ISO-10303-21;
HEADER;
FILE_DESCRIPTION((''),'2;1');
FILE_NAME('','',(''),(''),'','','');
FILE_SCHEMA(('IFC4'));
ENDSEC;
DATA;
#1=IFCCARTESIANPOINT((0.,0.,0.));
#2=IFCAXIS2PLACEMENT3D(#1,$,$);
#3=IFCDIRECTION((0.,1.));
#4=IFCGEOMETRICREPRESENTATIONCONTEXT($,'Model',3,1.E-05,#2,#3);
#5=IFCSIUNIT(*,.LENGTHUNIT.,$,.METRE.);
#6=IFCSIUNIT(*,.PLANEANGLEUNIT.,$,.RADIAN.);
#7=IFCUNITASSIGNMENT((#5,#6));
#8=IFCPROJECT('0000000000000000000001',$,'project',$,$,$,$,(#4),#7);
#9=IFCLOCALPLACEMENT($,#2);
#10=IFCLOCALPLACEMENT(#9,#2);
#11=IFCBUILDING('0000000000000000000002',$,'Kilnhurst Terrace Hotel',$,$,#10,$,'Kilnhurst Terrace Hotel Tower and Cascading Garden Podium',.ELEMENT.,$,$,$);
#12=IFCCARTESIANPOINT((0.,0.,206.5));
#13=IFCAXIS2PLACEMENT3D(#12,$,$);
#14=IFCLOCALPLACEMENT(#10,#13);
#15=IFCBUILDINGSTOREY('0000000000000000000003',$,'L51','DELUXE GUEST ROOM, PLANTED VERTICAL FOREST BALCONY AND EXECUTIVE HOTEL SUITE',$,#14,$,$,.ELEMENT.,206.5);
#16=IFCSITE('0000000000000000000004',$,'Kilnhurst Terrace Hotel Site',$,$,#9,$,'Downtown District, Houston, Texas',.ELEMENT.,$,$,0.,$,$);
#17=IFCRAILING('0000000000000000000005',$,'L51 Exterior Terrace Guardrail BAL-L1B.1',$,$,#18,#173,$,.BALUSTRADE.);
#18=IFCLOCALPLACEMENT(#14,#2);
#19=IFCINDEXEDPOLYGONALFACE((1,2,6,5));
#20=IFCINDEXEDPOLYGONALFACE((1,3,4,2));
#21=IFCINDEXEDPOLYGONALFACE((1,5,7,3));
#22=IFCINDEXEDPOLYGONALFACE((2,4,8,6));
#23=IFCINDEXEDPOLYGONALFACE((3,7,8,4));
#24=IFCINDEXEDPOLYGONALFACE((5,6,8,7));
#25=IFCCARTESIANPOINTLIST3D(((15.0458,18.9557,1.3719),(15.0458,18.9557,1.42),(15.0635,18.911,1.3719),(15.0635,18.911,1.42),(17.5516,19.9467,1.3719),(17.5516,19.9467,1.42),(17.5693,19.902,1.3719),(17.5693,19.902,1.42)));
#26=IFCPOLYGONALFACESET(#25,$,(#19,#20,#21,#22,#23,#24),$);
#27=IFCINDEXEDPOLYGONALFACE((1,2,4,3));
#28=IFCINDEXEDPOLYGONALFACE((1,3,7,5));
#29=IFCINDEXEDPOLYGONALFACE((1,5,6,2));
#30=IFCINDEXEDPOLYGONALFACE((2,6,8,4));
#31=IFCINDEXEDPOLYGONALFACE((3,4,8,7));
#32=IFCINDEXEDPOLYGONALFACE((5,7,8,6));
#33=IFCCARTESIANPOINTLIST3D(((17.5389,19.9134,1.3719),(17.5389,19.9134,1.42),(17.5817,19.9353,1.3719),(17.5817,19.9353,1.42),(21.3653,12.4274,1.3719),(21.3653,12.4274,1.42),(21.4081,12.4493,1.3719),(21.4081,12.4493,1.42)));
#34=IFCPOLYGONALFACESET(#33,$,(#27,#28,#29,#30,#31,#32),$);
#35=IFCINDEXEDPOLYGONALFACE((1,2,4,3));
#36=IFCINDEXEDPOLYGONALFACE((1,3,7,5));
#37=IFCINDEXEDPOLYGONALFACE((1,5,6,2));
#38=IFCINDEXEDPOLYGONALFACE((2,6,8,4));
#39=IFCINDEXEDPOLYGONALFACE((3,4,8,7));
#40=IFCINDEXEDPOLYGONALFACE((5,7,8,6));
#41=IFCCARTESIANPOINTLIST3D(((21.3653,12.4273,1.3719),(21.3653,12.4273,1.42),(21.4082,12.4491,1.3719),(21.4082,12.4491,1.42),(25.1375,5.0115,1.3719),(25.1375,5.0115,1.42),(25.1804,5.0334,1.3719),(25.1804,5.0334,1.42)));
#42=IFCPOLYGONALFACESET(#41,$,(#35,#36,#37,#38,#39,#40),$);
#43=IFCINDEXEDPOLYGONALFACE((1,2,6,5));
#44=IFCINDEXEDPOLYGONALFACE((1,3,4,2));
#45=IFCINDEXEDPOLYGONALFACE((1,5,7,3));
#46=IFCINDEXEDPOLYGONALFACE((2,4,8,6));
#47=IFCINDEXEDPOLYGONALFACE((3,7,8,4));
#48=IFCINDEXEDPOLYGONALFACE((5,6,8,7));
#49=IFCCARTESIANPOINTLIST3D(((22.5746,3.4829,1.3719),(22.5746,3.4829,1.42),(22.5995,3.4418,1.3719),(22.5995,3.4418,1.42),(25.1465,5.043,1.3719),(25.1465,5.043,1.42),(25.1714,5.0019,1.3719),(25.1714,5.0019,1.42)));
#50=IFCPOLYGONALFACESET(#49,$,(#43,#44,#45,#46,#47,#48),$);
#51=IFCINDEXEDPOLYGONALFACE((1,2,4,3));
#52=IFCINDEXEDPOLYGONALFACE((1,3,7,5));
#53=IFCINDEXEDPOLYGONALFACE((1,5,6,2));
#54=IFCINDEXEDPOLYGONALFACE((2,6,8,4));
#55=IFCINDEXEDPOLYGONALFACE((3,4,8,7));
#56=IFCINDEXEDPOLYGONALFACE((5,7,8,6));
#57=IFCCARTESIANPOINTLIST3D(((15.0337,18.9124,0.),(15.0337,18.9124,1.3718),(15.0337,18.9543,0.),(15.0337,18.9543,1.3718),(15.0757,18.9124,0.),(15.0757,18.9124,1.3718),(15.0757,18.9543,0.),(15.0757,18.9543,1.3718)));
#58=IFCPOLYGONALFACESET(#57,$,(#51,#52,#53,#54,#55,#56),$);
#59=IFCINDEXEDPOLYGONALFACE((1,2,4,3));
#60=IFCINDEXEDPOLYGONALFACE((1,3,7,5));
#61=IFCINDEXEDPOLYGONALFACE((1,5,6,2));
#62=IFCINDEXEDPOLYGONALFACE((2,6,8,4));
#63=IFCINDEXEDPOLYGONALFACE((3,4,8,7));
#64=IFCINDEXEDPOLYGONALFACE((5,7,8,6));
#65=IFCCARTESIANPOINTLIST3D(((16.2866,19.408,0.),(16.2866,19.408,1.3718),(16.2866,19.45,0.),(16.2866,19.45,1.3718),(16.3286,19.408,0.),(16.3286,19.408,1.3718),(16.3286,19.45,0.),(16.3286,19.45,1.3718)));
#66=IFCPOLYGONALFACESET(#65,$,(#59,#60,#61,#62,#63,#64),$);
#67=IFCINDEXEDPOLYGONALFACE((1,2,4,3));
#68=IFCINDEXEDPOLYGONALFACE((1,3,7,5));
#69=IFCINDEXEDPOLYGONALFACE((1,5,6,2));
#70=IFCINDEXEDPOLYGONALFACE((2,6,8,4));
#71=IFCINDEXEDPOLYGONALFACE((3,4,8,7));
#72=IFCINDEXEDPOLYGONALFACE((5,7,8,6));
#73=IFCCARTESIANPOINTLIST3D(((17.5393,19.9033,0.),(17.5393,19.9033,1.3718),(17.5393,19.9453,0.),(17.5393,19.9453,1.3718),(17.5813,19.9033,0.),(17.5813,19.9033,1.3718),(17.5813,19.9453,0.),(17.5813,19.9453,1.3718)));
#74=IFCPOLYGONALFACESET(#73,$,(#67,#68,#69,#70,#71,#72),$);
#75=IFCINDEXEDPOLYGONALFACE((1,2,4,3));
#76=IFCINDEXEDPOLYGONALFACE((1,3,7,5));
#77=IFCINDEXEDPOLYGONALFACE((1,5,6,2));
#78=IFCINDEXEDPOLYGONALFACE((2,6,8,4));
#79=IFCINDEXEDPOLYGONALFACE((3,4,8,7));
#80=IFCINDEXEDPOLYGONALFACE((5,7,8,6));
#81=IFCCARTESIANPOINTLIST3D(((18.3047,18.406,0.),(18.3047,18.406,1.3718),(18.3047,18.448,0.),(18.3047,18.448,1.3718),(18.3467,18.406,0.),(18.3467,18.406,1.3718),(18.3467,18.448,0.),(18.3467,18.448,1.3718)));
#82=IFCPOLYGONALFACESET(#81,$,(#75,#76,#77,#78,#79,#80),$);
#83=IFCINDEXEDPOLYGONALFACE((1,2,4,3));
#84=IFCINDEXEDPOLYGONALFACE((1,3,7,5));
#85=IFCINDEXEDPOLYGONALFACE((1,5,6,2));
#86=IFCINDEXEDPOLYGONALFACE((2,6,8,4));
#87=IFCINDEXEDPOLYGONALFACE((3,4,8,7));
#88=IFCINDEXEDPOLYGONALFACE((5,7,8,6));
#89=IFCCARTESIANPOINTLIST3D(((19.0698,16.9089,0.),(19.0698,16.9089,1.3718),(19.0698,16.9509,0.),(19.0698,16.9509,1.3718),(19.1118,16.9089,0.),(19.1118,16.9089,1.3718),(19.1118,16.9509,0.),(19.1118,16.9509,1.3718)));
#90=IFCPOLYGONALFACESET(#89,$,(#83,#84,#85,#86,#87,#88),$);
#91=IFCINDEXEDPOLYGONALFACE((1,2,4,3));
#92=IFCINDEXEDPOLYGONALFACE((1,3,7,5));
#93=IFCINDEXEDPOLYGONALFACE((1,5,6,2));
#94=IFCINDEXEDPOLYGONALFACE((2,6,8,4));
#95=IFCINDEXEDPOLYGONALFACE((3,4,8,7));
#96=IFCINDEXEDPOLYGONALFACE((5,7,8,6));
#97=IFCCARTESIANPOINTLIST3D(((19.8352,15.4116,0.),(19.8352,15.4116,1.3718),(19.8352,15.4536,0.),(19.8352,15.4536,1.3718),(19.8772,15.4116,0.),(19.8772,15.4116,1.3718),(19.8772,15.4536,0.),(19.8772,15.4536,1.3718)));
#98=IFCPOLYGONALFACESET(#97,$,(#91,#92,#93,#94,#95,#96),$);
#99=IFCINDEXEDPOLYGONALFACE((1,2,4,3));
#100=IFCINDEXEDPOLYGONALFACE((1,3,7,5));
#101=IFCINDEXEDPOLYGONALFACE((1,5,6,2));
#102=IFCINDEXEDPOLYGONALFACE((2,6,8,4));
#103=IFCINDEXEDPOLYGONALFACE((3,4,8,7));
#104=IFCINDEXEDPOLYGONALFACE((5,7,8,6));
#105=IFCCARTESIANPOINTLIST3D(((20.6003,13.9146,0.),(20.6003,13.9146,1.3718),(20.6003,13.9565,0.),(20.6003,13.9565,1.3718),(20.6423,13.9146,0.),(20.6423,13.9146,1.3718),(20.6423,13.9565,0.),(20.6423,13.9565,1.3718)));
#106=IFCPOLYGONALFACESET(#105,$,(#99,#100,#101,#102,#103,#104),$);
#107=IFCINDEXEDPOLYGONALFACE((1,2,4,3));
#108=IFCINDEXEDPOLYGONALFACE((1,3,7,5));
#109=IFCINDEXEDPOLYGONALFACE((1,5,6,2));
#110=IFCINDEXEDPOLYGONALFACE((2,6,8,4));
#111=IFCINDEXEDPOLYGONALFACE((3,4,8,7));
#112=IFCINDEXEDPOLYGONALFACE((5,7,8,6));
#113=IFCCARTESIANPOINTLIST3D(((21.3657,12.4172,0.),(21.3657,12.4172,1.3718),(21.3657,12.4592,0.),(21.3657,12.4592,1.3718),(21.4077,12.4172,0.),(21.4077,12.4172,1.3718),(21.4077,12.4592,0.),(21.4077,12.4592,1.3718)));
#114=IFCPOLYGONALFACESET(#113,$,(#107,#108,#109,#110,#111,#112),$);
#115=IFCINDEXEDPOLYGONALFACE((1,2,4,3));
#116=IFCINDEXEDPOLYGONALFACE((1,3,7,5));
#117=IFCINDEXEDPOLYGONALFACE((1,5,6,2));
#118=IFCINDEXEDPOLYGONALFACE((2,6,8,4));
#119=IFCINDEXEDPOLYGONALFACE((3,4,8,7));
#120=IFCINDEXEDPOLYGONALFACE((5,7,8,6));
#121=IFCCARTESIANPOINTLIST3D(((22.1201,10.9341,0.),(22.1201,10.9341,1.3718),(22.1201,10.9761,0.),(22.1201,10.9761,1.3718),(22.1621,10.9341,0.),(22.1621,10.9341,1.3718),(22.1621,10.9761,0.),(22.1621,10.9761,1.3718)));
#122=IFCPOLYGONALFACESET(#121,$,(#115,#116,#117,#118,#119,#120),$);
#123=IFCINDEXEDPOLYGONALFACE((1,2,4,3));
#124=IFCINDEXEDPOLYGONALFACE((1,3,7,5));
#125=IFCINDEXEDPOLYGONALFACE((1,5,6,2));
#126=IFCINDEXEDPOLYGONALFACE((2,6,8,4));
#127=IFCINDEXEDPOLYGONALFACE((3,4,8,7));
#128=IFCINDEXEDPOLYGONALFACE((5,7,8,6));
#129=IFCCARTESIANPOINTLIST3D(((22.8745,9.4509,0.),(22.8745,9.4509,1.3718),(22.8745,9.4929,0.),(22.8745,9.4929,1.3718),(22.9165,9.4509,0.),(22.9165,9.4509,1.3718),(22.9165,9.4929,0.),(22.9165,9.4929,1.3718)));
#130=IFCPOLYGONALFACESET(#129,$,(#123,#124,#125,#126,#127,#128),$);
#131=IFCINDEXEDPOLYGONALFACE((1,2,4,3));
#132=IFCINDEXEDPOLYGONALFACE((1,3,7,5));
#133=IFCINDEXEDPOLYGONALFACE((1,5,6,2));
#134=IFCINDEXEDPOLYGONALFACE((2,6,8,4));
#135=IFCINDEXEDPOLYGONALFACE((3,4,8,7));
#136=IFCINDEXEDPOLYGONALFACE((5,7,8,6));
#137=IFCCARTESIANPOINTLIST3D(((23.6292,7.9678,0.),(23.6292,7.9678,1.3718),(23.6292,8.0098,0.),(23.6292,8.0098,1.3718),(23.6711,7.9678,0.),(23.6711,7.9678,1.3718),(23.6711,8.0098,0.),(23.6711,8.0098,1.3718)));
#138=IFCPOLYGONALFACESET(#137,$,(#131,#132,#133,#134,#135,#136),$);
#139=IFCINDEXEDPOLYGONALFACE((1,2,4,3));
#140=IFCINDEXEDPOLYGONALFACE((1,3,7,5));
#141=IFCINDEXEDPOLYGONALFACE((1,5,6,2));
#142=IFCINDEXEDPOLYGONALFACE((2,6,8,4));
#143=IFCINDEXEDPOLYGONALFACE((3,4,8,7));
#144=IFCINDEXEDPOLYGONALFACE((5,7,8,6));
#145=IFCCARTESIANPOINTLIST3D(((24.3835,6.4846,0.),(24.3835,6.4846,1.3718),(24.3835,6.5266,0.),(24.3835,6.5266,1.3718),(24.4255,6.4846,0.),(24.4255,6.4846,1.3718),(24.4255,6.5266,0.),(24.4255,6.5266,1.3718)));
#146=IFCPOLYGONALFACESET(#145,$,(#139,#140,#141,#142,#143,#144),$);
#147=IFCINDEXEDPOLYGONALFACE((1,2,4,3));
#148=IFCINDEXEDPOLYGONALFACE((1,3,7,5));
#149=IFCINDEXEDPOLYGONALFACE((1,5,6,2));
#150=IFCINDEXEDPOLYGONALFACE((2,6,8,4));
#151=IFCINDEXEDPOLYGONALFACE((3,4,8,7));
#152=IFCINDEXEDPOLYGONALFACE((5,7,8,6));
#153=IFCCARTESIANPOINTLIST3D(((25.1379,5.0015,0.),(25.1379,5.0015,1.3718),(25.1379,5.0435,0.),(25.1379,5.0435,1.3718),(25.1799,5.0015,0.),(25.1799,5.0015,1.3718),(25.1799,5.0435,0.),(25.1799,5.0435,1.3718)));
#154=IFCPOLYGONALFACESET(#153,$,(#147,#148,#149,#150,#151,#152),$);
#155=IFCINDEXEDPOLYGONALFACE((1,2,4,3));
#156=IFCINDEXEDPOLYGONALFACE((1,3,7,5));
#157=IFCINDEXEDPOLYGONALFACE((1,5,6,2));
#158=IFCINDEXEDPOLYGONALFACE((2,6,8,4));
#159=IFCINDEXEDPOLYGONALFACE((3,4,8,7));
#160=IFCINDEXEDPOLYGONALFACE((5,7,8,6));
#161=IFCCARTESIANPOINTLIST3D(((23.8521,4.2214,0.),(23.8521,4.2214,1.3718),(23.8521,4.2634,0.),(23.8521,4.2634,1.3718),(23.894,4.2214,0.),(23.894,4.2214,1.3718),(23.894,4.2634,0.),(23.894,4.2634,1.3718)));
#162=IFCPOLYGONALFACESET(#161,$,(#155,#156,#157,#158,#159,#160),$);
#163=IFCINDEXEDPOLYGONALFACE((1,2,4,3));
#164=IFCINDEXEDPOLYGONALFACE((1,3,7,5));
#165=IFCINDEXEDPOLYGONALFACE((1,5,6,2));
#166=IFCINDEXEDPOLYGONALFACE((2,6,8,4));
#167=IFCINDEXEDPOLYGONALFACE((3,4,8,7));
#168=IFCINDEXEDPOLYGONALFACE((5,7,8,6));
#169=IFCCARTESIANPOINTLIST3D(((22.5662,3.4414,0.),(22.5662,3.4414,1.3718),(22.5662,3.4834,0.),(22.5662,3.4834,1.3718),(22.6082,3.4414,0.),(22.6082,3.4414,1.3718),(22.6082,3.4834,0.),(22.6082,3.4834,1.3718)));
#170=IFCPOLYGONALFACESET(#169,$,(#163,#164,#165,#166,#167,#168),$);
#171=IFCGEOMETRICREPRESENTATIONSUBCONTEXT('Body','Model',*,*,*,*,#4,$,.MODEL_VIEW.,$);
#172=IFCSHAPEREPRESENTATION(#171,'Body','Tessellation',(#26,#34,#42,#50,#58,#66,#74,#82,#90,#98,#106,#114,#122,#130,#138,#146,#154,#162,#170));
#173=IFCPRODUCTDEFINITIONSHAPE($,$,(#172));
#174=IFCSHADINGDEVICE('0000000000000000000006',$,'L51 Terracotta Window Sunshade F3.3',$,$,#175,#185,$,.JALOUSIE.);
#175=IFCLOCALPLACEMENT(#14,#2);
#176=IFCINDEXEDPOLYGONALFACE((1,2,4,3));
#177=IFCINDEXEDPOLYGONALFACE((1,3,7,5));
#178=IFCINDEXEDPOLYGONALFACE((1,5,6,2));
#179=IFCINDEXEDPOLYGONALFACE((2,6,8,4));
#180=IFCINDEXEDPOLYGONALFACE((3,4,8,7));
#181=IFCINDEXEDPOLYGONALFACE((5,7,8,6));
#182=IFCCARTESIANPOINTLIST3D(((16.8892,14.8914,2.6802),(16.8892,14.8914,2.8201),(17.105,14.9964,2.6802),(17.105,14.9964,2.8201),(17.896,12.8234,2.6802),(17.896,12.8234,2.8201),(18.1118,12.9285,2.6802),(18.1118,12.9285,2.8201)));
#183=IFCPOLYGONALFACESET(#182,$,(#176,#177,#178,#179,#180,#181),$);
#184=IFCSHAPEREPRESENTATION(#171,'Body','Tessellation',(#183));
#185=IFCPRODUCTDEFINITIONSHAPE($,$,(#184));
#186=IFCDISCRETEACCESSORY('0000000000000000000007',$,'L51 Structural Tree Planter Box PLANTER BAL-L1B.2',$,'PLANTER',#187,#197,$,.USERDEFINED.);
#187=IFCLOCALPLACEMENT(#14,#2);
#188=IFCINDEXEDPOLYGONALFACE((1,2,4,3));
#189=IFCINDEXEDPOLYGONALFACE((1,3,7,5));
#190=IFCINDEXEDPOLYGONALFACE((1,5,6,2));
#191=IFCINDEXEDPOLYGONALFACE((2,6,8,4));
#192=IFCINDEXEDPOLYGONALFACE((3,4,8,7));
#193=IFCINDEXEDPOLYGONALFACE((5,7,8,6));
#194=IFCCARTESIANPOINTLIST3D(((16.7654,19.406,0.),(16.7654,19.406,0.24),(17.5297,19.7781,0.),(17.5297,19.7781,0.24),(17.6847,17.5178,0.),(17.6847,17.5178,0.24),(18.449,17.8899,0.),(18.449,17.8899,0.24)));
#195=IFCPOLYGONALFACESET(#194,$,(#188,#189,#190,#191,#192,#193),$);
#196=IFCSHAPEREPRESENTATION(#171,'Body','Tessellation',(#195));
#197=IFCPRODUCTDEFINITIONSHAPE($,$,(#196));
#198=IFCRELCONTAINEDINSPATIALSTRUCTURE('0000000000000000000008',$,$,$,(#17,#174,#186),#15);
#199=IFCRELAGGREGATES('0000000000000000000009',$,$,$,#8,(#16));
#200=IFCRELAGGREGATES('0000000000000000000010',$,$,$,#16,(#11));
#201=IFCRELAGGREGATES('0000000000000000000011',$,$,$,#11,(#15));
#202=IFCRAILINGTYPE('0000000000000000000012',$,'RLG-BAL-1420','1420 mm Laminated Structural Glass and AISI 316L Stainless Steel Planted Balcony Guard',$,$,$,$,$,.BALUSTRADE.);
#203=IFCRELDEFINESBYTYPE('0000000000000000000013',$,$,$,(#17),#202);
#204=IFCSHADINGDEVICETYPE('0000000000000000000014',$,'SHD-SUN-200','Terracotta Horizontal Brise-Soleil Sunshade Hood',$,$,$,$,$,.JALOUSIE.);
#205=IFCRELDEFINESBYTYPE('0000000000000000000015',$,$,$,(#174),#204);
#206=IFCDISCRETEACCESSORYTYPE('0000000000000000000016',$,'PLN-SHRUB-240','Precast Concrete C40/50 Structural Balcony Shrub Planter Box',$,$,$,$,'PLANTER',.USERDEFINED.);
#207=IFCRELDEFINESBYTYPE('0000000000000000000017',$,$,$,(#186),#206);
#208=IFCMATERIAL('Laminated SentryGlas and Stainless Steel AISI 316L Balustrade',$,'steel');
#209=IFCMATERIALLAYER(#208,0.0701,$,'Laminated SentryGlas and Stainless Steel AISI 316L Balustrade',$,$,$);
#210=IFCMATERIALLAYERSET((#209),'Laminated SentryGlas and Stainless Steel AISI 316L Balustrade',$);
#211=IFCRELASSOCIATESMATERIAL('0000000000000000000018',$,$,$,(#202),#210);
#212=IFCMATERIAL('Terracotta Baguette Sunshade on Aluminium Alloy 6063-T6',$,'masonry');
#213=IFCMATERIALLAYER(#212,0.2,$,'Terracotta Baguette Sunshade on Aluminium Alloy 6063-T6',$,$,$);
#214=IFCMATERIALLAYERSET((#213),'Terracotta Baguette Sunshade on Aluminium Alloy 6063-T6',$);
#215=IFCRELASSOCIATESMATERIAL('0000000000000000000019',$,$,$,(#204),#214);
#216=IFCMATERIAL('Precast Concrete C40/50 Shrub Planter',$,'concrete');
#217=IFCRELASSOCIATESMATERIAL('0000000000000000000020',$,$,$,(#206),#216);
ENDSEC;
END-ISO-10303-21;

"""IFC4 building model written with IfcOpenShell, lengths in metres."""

from ifc_helpers import new_model, si_unit, direction, frame, origin, origin_2d, place, context, subcontext, project, spatial, rectangle, extrude, material, layer, layer_set, type_object, element, save


model = new_model("IFC4")

# Units and contexts
model_context = context("Model", 3, precision=1e-05, world=origin(), true_north=direction((0.0, 1.0)))
body_context = subcontext(model_context, "Body", "Model", "MODEL_VIEW")
ifc_project = project(units=[si_unit("LENGTHUNIT", "METRE"), si_unit("PLANEANGLEUNIT", "RADIAN")], contexts=[model_context])

# Site, building, storey
site_placement = place(None, origin())
site = spatial("IfcSite", under=ifc_project, at=site_placement, Name="Kilnhurst Terrace Hotel Site", LongName="Downtown District, Houston, Texas", CompositionType="ELEMENT", RefElevation=0.0)
building_placement = place(site_placement, origin())
building = spatial("IfcBuilding", under=site, at=building_placement, Name="Kilnhurst Terrace Hotel", LongName="Kilnhurst Terrace Hotel Tower and Cascading Garden Podium", CompositionType="ELEMENT")
storey_placement = place(building_placement, frame((0.0, 0.0, 206.5)))
storey = spatial("IfcBuildingStorey", under=building, at=storey_placement, Name="L51", Description="DELUXE GUEST ROOM, PLANTED VERTICAL FOREST BALCONY AND EXECUTIVE HOTEL SUITE", CompositionType="ELEMENT", Elevation=206.5)

# Railing
ifc_material_1 = material(Name="Laminated SentryGlas and Stainless Steel AISI 316L Balustrade", Category="steel")
ifc_layer_1 = layer(ifc_material_1, 0.0701, Name="Laminated SentryGlas and Stainless Steel AISI 316L Balustrade")
ifc_layer_set_1 = layer_set([ifc_layer_1], Name="Laminated SentryGlas and Stainless Steel AISI 316L Balustrade")
railing_type = type_object("IfcRailingType", Name="RLG-BAL-1420", Description="1420 mm Laminated Structural Glass and AISI 316L Stainless Steel Planted Balcony Guard", PredefinedType="BALUSTRADE", material=ifc_layer_set_1)
railing_placement = place(storey_placement, frame((15.0547, 18.9333, 0.0)))
element("IfcRailing", 1, at=railing_placement, inside=storey, type_object=railing_type, Name="L51 Exterior Terrace Guardrail BAL-L1B.1", PredefinedType="BALUSTRADE", context=body_context, shape_type="SweptSolid", body=[
    extrude(rectangle(XDim=0.0481, YDim=0.0481, at=origin_2d()), frame((0.0, 0.0, 1.396), z_axis=(0.929913, 0.367779, 0.0), x_axis=(-0.367779, 0.929913, 0.0)), (0.0, 0.0, 1.0), 2.6946),
    extrude(rectangle(XDim=0.0481, YDim=0.0481, at=origin_2d()), frame((2.5056, 0.991, 1.396), z_axis=(0.455129, -0.890425, 0.0), x_axis=(0.890425, 0.455129, 0.0)), (0.0, 0.0, 1.0), 8.4072),
    extrude(rectangle(XDim=0.0481, YDim=0.0481, at=origin_2d()), frame((6.332, -6.4951, 1.396), z_axis=(0.453389, -0.891313, 0.0), x_axis=(0.891313, 0.453389, 0.0)), (0.0, 0.0, 1.0), 8.3201),
    extrude(rectangle(XDim=0.0481, YDim=0.0481, at=origin_2d()), frame((10.1042, -13.9109, 1.396), z_axis=(-0.854991, -0.518643, 0.0), x_axis=(0.518643, -0.854991, 0.0)), (0.0, 0.0, 1.0), 3.0081),
    extrude(rectangle(XDim=0.042, YDim=0.042, at=origin_2d()), origin(), (0.0, 0.0, 1.0), 1.3718),
    extrude(rectangle(XDim=0.042, YDim=0.042, at=origin_2d()), frame((1.2529, 0.4956, 0.0)), (0.0, 0.0, 1.0), 1.3718),
    extrude(rectangle(XDim=0.042, YDim=0.042, at=origin_2d()), frame((2.5056, 0.991, 0.0)), (0.0, 0.0, 1.0), 1.3718),
    extrude(rectangle(XDim=0.042, YDim=0.042, at=origin_2d()), frame((3.271, -0.5063, 0.0)), (0.0, 0.0, 1.0), 1.3718),
    extrude(rectangle(XDim=0.042, YDim=0.042, at=origin_2d()), frame((4.0361, -2.0034, 0.0)), (0.0, 0.0, 1.0), 1.3718),
    extrude(rectangle(XDim=0.042, YDim=0.042, at=origin_2d()), frame((4.8015, -3.5007, 0.0)), (0.0, 0.0, 1.0), 1.3718),
    extrude(rectangle(XDim=0.042, YDim=0.042, at=origin_2d()), frame((5.5667, -4.9978, 0.0)), (0.0, 0.0, 1.0), 1.3718),
    extrude(rectangle(XDim=0.042, YDim=0.042, at=origin_2d()), frame((6.332, -6.4951, 0.0)), (0.0, 0.0, 1.0), 1.3718),
    extrude(rectangle(XDim=0.042, YDim=0.042, at=origin_2d()), frame((7.0864, -7.9783, 0.0)), (0.0, 0.0, 1.0), 1.3718),
    extrude(rectangle(XDim=0.042, YDim=0.042, at=origin_2d()), frame((7.8408, -9.4614, 0.0)), (0.0, 0.0, 1.0), 1.3718),
    extrude(rectangle(XDim=0.042, YDim=0.042, at=origin_2d()), frame((8.5955, -10.9446, 0.0)), (0.0, 0.0, 1.0), 1.3718),
    extrude(rectangle(XDim=0.042, YDim=0.042, at=origin_2d()), frame((9.3499, -12.4277, 0.0)), (0.0, 0.0, 1.0), 1.3718),
    extrude(rectangle(XDim=0.042, YDim=0.042, at=origin_2d()), frame((10.1042, -13.9109, 0.0)), (0.0, 0.0, 1.0), 1.3718),
    extrude(rectangle(XDim=0.042, YDim=0.042, at=origin_2d()), frame((8.8184, -14.6909, 0.0)), (0.0, 0.0, 1.0), 1.3718),
    extrude(rectangle(XDim=0.042, YDim=0.042, at=origin_2d()), frame((7.5325, -15.4709, 0.0)), (0.0, 0.0, 1.0), 1.3718),
])

# Shading device
ifc_material_2 = material(Name="Terracotta Baguette Sunshade on Aluminium Alloy 6063-T6", Category="masonry")
ifc_layer_2 = layer(ifc_material_2, 0.2, Name="Terracotta Baguette Sunshade on Aluminium Alloy 6063-T6")
ifc_layer_set_2 = layer_set([ifc_layer_2], Name="Terracotta Baguette Sunshade on Aluminium Alloy 6063-T6")
shading_device_type = type_object("IfcShadingDeviceType", Name="SHD-SUN-200", Description="Terracotta Horizontal Brise-Soleil Sunshade Hood", PredefinedType="JALOUSIE", material=ifc_layer_set_2)
shading_device_placement = place(storey_placement, frame((17.5005, 13.9099, 2.6802), z_axis=(0.0, 0.0, 1.0), x_axis=(-0.437744, 0.8991, 0.0)))
element("IfcShadingDevice", 2, at=shading_device_placement, inside=storey, type_object=shading_device_type, Name="L51 Terracotta Window Sunshade F3.3", PredefinedType="JALOUSIE", context=body_context, shape_type="SweptSolid", body=[
    extrude(rectangle(XDim=2.3, YDim=0.24, at=origin_2d()), origin(), (0.0, 0.0, 1.0), 0.1399),
])

# Discrete accessory
ifc_material_3 = material(Name="Precast Concrete C40/50 Shrub Planter", Category="concrete")
discrete_accessory_type = type_object("IfcDiscreteAccessoryType", Name="PLN-SHRUB-240", Description="Precast Concrete C40/50 Structural Balcony Shrub Planter Box", ElementType="PLANTER", PredefinedType="USERDEFINED", material=ifc_material_3)
discrete_accessory_placement = place(storey_placement, frame((17.6072, 18.6479, 0.0), z_axis=(0.0, 0.0, 1.0), x_axis=(-0.437744, 0.8991, 0.0)))
element("IfcDiscreteAccessory", 3, at=discrete_accessory_placement, inside=storey, type_object=discrete_accessory_type, Name="L51 Structural Tree Planter Box PLANTER BAL-L1B.2", ObjectType="PLANTER", PredefinedType="USERDEFINED", context=body_context, shape_type="SweptSolid", body=[
    extrude(rectangle(XDim=2.1001, YDim=0.8501, at=origin_2d()), origin(), (0.0, 0.0, 1.0), 0.24),
])

save(model, "model.ifc")
